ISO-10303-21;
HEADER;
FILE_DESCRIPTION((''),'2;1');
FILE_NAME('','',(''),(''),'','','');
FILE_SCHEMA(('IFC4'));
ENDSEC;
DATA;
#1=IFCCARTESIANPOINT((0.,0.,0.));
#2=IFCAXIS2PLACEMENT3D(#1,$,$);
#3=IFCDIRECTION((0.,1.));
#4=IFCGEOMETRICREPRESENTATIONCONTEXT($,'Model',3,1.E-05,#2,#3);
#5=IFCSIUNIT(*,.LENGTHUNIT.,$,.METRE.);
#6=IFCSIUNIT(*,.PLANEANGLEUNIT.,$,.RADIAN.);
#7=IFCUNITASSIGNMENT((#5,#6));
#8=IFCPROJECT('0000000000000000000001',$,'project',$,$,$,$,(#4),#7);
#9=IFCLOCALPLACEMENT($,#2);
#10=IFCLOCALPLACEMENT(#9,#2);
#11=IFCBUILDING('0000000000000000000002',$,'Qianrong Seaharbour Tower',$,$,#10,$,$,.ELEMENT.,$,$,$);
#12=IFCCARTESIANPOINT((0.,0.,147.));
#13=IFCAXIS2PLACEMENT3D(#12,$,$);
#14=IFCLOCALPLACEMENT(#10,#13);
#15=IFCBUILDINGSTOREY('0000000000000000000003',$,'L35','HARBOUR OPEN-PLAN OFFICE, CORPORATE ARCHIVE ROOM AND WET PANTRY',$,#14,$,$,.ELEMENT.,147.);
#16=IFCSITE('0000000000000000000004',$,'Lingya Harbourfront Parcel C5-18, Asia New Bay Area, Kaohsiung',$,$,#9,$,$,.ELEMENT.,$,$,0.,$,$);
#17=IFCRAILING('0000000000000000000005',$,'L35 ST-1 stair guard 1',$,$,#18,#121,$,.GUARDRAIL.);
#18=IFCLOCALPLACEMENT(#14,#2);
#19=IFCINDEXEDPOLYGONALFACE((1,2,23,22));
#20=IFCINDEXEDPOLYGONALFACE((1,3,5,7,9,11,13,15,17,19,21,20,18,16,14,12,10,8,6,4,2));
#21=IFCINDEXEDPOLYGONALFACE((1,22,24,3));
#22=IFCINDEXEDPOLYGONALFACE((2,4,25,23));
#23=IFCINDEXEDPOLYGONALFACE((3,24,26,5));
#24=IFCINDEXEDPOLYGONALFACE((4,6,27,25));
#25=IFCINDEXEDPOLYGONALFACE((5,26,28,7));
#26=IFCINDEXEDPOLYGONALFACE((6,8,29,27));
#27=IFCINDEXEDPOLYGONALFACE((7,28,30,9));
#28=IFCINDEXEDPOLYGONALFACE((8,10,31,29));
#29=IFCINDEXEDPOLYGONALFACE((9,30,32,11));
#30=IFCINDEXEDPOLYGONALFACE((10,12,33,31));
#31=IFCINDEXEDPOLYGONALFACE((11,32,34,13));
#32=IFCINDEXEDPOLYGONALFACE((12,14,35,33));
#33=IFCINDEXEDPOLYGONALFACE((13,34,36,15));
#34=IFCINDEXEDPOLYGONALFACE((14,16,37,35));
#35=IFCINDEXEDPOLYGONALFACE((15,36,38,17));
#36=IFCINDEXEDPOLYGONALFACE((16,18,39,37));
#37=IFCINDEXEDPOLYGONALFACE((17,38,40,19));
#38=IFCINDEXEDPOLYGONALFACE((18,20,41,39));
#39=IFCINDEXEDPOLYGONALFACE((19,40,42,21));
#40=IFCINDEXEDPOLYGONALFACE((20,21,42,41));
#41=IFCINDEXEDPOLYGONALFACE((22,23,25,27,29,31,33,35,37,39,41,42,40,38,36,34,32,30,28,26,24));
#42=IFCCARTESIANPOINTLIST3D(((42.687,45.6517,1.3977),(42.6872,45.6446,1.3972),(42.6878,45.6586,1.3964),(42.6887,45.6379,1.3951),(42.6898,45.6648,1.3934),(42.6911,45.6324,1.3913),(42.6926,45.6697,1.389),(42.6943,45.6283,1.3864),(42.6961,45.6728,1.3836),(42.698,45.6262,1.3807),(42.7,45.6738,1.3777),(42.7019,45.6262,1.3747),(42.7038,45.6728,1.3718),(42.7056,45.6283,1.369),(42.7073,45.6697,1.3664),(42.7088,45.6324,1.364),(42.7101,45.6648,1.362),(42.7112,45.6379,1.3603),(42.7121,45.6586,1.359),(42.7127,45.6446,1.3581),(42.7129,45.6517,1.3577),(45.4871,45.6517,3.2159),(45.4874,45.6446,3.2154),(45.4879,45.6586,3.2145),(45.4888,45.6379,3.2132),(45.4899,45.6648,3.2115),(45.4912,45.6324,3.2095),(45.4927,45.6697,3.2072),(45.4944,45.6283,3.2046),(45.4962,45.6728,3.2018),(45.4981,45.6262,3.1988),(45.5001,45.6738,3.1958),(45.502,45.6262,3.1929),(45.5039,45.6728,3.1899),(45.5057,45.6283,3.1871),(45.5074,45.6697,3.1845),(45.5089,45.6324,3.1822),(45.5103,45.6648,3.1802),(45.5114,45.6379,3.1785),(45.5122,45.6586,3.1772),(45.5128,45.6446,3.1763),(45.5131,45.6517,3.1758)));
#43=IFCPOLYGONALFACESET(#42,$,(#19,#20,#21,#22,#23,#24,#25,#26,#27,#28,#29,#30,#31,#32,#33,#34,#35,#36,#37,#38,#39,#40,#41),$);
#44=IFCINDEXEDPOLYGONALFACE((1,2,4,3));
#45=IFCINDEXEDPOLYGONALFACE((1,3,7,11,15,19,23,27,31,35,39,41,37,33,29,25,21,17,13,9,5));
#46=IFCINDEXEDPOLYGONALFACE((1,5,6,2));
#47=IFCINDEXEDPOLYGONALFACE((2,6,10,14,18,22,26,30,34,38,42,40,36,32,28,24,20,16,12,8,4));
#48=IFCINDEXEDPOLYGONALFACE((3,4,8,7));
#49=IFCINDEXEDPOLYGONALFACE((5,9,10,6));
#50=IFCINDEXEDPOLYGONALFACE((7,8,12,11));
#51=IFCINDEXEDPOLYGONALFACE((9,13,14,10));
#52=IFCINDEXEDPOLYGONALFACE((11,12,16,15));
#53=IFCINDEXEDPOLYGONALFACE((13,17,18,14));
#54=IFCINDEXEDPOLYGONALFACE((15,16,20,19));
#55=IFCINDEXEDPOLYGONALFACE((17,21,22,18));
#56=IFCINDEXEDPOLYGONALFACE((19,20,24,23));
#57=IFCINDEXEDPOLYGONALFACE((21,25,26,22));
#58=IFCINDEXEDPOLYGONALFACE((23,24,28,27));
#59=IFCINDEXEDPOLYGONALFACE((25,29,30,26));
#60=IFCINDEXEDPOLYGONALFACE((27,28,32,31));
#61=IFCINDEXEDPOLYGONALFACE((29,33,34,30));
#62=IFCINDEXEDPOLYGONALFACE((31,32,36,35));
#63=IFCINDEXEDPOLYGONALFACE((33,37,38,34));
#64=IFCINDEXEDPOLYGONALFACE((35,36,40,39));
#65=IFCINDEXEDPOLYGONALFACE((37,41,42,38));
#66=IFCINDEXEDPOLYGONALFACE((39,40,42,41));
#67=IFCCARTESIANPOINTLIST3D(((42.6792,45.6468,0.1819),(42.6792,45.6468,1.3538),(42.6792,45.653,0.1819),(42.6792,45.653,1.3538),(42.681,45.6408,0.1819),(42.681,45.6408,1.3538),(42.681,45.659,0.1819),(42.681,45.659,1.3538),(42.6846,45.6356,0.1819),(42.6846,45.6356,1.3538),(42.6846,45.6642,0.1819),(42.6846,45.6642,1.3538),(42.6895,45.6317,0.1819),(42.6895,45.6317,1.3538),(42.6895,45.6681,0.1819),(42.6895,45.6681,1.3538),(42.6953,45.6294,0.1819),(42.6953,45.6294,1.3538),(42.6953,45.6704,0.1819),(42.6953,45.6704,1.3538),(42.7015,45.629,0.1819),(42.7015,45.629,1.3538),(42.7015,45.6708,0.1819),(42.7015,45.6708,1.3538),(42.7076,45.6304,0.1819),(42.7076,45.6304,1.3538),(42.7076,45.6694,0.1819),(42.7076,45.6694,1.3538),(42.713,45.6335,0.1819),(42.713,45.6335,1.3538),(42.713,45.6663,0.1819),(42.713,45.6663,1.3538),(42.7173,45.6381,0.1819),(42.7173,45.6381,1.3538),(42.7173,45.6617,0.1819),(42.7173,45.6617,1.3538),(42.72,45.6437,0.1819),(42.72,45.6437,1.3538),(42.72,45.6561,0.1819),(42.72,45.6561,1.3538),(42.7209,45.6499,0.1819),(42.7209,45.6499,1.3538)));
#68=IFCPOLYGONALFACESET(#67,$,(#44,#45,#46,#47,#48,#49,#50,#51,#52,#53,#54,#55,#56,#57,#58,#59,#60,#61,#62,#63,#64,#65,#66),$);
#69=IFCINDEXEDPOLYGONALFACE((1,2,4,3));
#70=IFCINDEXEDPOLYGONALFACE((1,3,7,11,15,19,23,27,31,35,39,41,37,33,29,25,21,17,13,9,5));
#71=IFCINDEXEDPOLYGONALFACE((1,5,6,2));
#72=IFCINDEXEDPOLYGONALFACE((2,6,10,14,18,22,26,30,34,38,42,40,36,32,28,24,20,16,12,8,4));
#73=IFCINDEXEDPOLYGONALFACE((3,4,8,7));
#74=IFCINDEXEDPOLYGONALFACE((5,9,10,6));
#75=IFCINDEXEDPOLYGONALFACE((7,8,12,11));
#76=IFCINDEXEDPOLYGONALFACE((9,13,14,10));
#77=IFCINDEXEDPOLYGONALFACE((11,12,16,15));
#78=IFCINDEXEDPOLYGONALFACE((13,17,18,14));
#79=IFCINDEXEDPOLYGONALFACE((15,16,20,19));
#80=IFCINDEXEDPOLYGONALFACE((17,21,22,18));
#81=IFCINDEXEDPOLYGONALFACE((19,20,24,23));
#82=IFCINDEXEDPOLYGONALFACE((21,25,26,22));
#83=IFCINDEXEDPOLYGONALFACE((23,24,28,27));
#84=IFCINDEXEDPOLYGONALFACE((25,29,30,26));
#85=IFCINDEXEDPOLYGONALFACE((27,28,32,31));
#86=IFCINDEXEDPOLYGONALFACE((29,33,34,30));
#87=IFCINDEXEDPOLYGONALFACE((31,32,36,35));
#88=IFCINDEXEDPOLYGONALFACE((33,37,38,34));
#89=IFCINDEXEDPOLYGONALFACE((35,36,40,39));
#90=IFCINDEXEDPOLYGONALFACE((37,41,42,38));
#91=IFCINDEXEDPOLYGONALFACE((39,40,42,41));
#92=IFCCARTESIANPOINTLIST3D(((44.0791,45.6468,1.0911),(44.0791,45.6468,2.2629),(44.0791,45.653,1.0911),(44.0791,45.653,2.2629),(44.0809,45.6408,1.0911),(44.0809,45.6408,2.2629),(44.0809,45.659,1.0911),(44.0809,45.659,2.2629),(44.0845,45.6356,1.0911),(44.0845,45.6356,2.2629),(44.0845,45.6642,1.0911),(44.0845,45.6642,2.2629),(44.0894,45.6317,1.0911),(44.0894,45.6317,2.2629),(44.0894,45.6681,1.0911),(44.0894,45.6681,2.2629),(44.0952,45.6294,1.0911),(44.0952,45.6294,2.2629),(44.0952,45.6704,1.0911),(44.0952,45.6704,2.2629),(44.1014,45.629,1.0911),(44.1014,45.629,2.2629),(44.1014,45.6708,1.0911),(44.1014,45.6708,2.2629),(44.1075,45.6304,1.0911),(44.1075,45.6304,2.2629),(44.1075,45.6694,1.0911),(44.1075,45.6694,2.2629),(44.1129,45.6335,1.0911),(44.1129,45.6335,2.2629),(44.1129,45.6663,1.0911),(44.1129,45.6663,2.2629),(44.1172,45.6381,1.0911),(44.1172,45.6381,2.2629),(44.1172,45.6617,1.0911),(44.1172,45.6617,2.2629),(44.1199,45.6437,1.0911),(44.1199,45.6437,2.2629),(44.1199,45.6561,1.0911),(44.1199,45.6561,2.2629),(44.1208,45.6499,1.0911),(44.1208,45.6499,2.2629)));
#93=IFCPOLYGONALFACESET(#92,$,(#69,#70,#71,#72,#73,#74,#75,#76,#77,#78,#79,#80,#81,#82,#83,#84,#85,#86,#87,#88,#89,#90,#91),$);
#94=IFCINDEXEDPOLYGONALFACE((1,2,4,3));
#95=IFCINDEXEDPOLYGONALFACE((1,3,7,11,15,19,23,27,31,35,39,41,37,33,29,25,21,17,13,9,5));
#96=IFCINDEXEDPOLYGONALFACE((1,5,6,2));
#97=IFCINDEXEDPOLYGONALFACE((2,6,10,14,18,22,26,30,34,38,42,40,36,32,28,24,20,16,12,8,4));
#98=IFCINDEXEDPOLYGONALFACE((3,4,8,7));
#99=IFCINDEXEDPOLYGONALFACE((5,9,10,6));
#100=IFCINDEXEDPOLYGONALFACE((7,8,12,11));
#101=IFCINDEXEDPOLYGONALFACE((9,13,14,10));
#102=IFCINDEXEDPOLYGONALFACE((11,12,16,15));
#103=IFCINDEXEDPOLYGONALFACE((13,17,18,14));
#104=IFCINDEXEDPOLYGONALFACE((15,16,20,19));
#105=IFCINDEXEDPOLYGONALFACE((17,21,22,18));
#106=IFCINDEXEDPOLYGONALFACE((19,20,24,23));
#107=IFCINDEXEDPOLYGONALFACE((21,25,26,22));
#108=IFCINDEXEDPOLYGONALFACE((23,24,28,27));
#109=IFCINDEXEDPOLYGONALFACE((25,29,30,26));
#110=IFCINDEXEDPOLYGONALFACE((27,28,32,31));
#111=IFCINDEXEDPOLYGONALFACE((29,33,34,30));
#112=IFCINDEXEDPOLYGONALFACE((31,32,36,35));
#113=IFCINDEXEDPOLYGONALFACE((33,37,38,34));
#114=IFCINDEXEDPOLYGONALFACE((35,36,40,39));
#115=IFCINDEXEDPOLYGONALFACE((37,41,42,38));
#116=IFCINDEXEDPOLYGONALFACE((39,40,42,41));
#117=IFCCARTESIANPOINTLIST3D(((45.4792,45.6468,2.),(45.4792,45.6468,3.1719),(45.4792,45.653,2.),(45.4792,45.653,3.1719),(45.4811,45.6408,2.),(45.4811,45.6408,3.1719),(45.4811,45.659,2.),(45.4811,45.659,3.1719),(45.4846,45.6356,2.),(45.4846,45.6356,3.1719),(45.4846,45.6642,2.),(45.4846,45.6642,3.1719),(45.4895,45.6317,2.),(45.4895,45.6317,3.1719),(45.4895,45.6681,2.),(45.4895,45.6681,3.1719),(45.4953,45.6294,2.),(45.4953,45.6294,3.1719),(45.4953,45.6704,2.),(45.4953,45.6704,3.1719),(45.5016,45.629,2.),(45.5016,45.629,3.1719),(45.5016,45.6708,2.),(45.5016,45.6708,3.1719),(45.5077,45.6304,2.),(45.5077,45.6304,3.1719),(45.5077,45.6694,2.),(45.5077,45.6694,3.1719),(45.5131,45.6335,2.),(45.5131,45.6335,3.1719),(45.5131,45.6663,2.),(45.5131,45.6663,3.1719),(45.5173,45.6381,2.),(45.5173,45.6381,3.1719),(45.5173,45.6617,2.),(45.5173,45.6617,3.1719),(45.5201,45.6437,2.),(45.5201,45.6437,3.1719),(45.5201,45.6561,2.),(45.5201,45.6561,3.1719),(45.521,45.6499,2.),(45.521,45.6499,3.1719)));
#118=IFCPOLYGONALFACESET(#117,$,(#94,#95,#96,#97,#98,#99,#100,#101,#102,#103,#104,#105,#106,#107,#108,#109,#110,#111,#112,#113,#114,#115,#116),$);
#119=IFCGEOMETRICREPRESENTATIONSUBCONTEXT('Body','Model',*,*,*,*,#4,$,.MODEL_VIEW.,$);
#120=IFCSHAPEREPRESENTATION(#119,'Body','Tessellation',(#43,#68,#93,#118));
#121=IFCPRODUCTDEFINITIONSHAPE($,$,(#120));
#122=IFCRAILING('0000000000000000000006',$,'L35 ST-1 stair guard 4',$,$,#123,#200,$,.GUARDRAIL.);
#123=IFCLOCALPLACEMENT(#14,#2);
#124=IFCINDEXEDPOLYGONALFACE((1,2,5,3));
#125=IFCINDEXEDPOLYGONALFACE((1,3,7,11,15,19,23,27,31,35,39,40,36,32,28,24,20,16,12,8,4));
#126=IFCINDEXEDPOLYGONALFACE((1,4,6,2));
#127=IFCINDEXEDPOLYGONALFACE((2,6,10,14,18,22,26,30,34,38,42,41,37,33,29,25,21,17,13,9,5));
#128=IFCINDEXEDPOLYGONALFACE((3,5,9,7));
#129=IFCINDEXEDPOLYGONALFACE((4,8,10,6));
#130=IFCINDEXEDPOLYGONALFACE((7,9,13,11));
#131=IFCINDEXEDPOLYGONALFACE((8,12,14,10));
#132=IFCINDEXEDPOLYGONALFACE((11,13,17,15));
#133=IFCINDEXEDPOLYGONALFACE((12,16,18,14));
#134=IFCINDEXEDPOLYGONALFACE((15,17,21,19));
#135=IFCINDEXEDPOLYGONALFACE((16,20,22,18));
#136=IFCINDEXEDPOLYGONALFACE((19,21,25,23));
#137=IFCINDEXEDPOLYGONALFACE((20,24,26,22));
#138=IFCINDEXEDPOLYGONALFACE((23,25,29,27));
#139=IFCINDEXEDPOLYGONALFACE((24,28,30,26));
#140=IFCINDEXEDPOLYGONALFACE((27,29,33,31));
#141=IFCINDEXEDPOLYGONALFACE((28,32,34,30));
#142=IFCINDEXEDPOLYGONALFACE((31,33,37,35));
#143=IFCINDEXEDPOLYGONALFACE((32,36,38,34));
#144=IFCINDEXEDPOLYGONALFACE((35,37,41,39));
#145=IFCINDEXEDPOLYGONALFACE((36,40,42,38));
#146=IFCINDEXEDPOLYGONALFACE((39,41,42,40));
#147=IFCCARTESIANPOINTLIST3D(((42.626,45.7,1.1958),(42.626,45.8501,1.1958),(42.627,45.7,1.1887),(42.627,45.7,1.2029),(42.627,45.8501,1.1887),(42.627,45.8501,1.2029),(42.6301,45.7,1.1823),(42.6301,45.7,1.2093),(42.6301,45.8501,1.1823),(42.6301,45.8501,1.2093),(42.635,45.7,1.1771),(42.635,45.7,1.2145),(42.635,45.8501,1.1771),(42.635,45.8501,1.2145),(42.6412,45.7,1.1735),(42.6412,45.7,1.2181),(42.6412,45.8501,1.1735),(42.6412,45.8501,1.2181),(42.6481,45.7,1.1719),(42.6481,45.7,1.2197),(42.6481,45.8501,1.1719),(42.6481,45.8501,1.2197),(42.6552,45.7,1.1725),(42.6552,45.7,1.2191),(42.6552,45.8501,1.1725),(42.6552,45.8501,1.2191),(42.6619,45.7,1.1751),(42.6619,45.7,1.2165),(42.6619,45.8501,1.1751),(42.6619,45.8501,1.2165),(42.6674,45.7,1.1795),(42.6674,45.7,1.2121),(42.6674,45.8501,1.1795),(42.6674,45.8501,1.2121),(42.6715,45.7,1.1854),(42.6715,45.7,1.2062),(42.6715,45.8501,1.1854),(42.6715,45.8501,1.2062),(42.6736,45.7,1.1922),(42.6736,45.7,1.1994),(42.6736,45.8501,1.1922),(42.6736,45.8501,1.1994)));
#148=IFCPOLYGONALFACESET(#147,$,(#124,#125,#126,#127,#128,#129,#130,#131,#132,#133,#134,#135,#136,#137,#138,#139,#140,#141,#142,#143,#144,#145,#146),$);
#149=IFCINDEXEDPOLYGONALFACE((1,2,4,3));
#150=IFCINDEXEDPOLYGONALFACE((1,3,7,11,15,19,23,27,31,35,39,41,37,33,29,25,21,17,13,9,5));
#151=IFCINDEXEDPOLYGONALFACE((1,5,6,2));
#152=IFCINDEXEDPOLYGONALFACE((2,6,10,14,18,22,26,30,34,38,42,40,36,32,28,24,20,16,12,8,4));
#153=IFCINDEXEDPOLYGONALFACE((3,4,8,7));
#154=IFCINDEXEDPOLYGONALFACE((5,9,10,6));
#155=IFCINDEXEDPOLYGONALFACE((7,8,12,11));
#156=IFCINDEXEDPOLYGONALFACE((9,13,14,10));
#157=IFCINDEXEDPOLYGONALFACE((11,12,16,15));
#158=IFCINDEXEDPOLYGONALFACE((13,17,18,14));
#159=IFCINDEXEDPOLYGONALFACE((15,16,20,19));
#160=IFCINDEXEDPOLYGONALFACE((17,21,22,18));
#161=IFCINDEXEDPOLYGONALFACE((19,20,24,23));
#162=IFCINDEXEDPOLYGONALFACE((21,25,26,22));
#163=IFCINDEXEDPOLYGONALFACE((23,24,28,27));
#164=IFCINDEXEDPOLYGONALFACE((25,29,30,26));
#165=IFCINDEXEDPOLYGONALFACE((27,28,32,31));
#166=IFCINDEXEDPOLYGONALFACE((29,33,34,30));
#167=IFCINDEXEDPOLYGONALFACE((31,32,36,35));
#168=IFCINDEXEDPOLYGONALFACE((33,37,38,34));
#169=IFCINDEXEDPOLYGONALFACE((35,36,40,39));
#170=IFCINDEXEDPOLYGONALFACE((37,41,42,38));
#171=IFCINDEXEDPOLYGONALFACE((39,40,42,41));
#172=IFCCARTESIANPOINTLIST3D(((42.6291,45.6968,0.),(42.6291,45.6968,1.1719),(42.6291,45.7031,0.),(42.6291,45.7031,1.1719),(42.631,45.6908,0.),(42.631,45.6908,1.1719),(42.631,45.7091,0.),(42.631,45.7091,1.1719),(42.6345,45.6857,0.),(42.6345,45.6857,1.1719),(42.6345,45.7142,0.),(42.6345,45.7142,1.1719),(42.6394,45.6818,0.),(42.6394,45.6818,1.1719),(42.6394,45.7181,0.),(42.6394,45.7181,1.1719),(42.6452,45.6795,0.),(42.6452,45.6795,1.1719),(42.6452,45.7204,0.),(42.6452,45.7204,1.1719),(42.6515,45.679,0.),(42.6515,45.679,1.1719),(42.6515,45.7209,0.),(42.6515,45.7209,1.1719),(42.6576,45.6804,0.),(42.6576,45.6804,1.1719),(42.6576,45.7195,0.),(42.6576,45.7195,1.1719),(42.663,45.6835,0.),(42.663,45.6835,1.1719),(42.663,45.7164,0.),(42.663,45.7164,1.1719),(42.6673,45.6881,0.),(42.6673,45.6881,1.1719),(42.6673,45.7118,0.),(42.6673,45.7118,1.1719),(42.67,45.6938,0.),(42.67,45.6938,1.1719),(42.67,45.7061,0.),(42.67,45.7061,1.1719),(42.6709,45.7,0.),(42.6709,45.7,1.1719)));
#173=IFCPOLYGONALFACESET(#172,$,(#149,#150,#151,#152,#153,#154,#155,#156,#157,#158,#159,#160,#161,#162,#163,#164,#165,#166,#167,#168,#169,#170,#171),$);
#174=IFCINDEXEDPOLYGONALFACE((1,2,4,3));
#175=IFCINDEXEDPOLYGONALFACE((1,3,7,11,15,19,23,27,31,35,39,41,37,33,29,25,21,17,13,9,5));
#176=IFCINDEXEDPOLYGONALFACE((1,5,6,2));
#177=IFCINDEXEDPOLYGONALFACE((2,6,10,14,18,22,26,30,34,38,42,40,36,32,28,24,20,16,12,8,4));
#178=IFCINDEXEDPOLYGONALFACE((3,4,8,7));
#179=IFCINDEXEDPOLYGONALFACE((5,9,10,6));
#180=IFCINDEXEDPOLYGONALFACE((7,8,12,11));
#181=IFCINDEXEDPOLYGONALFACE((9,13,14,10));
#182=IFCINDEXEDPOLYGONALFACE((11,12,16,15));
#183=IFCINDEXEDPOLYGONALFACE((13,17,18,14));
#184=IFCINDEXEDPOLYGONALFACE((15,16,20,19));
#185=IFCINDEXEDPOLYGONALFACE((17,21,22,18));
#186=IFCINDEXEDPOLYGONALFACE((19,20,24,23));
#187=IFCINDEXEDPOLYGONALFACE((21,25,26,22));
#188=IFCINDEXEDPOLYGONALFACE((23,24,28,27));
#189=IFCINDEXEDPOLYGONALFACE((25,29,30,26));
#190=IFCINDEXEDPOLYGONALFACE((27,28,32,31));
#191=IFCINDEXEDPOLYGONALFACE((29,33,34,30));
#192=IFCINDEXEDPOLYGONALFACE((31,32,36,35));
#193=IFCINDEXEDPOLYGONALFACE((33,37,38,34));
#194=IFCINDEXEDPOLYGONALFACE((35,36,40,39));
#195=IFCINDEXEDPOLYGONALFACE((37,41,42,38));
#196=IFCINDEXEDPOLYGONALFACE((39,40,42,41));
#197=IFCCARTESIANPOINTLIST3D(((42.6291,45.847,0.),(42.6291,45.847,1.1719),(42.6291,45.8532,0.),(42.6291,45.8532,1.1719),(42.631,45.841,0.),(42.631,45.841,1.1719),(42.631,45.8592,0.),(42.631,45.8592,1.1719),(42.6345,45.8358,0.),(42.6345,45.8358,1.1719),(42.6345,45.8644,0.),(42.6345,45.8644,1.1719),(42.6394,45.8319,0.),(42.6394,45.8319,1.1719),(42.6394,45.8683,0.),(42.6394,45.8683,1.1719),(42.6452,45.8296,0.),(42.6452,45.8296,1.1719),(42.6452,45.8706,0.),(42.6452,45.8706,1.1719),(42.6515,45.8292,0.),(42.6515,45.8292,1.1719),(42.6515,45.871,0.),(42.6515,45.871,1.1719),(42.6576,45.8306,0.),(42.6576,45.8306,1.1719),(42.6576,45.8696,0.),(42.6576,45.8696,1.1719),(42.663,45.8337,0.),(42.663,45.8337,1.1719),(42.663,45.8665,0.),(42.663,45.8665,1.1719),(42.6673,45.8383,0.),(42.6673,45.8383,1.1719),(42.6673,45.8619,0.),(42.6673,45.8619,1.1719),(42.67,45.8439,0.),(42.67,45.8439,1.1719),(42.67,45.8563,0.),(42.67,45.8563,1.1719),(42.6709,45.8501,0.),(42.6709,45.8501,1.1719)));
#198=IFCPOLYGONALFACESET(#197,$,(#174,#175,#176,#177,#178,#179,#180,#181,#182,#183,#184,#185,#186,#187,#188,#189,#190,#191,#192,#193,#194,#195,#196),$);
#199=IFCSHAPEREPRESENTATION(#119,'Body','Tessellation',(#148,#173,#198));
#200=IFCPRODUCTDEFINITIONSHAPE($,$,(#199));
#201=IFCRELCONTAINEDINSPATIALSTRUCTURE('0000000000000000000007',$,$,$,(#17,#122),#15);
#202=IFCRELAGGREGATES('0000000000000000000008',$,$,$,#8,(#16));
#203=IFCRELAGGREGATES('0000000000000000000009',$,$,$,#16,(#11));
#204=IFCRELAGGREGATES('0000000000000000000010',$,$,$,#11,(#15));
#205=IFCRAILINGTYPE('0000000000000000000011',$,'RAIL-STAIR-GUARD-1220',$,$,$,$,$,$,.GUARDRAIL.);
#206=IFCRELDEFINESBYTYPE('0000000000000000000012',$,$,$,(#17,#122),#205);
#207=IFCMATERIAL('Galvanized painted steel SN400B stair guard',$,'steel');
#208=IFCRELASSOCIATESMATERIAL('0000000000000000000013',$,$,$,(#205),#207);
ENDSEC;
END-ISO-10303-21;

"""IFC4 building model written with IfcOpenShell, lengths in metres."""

from ifc_helpers import new_model, si_unit, direction, frame, origin, origin_2d, place, context, subcontext, project, spatial, circle, extrude, material, type_object, element, save


model = new_model("IFC4")

# Units and contexts
model_context = context("Model", 3, precision=1e-05, world=origin(), true_north=direction((0.0, 1.0)))
body_context = subcontext(model_context, "Body", "Model", "MODEL_VIEW")
ifc_project = project(units=[si_unit("LENGTHUNIT", "METRE"), si_unit("PLANEANGLEUNIT", "RADIAN")], contexts=[model_context])

# Site, building, storey
site_placement = place(None, origin())
site = spatial("IfcSite", under=ifc_project, at=site_placement, Name="Lingya Harbourfront Parcel C5-18, Asia New Bay Area, Kaohsiung", CompositionType="ELEMENT", RefElevation=0.0)
building_placement = place(site_placement, origin())
building = spatial("IfcBuilding", under=site, at=building_placement, Name="Qianrong Seaharbour Tower", CompositionType="ELEMENT")
storey_placement = place(building_placement, frame((0.0, 0.0, 147.0)))
storey = spatial("IfcBuildingStorey", under=building, at=storey_placement, Name="L35", Description="HARBOUR OPEN-PLAN OFFICE, CORPORATE ARCHIVE ROOM AND WET PANTRY", CompositionType="ELEMENT", Elevation=147.0)

# Railings
ifc_material_1 = material(Name="Galvanized painted steel SN400B stair guard", Category="steel")
railing_type = type_object("IfcRailingType", Name="RAIL-STAIR-GUARD-1220", PredefinedType="GUARDRAIL", material=ifc_material_1)
railing_1_placement = place(storey_placement, frame((42.7, 45.6499, 0.1819)))
element("IfcRailing", 1, at=railing_1_placement, inside=storey, type_object=railing_type, Name="L35 ST-1 stair guard 1", PredefinedType="GUARDRAIL", context=body_context, shape_type="SweptSolid", body=[
    extrude(circle(Radius=0.0239, at=origin_2d()), frame((0.0, 0.0, 1.1958), z_axis=(0.838706, 0.0, 0.544585), x_axis=(0.0, 1.0, 0.0)), (0.0, 0.0, 1.0), 3.3386),
    extrude(circle(Radius=0.021, at=origin_2d()), origin(), (0.0, 0.0, 1.0), 1.1719),
    extrude(circle(Radius=0.021, at=origin_2d()), frame((1.3999, 0.0, 0.9092)), (0.0, 0.0, 1.0), 1.1719),
    extrude(circle(Radius=0.021, at=origin_2d()), frame((2.8, 0.0, 1.8181)), (0.0, 0.0, 1.0), 1.1719),
])
railing_2_placement = place(storey_placement, frame((42.6499, 45.7, 0.0)))
element("IfcRailing", 2, at=railing_2_placement, inside=storey, type_object=railing_type, Name="L35 ST-1 stair guard 4", PredefinedType="GUARDRAIL", context=body_context, shape_type="SweptSolid", body=[
    extrude(circle(Radius=0.0239, at=origin_2d()), frame((0.0, 0.0, 1.1958), z_axis=(0.0, 1.0, 0.0), x_axis=(-1.0, 0.0, 0.0)), (0.0, 0.0, 1.0), 0.1501),
    extrude(circle(Radius=0.021, at=origin_2d()), origin(), (0.0, 0.0, 1.0), 1.1719),
    extrude(circle(Radius=0.021, at=origin_2d()), frame((0.0, 0.1501, 0.0)), (0.0, 0.0, 1.0), 1.1719),
])

save(model, "model.ifc")
